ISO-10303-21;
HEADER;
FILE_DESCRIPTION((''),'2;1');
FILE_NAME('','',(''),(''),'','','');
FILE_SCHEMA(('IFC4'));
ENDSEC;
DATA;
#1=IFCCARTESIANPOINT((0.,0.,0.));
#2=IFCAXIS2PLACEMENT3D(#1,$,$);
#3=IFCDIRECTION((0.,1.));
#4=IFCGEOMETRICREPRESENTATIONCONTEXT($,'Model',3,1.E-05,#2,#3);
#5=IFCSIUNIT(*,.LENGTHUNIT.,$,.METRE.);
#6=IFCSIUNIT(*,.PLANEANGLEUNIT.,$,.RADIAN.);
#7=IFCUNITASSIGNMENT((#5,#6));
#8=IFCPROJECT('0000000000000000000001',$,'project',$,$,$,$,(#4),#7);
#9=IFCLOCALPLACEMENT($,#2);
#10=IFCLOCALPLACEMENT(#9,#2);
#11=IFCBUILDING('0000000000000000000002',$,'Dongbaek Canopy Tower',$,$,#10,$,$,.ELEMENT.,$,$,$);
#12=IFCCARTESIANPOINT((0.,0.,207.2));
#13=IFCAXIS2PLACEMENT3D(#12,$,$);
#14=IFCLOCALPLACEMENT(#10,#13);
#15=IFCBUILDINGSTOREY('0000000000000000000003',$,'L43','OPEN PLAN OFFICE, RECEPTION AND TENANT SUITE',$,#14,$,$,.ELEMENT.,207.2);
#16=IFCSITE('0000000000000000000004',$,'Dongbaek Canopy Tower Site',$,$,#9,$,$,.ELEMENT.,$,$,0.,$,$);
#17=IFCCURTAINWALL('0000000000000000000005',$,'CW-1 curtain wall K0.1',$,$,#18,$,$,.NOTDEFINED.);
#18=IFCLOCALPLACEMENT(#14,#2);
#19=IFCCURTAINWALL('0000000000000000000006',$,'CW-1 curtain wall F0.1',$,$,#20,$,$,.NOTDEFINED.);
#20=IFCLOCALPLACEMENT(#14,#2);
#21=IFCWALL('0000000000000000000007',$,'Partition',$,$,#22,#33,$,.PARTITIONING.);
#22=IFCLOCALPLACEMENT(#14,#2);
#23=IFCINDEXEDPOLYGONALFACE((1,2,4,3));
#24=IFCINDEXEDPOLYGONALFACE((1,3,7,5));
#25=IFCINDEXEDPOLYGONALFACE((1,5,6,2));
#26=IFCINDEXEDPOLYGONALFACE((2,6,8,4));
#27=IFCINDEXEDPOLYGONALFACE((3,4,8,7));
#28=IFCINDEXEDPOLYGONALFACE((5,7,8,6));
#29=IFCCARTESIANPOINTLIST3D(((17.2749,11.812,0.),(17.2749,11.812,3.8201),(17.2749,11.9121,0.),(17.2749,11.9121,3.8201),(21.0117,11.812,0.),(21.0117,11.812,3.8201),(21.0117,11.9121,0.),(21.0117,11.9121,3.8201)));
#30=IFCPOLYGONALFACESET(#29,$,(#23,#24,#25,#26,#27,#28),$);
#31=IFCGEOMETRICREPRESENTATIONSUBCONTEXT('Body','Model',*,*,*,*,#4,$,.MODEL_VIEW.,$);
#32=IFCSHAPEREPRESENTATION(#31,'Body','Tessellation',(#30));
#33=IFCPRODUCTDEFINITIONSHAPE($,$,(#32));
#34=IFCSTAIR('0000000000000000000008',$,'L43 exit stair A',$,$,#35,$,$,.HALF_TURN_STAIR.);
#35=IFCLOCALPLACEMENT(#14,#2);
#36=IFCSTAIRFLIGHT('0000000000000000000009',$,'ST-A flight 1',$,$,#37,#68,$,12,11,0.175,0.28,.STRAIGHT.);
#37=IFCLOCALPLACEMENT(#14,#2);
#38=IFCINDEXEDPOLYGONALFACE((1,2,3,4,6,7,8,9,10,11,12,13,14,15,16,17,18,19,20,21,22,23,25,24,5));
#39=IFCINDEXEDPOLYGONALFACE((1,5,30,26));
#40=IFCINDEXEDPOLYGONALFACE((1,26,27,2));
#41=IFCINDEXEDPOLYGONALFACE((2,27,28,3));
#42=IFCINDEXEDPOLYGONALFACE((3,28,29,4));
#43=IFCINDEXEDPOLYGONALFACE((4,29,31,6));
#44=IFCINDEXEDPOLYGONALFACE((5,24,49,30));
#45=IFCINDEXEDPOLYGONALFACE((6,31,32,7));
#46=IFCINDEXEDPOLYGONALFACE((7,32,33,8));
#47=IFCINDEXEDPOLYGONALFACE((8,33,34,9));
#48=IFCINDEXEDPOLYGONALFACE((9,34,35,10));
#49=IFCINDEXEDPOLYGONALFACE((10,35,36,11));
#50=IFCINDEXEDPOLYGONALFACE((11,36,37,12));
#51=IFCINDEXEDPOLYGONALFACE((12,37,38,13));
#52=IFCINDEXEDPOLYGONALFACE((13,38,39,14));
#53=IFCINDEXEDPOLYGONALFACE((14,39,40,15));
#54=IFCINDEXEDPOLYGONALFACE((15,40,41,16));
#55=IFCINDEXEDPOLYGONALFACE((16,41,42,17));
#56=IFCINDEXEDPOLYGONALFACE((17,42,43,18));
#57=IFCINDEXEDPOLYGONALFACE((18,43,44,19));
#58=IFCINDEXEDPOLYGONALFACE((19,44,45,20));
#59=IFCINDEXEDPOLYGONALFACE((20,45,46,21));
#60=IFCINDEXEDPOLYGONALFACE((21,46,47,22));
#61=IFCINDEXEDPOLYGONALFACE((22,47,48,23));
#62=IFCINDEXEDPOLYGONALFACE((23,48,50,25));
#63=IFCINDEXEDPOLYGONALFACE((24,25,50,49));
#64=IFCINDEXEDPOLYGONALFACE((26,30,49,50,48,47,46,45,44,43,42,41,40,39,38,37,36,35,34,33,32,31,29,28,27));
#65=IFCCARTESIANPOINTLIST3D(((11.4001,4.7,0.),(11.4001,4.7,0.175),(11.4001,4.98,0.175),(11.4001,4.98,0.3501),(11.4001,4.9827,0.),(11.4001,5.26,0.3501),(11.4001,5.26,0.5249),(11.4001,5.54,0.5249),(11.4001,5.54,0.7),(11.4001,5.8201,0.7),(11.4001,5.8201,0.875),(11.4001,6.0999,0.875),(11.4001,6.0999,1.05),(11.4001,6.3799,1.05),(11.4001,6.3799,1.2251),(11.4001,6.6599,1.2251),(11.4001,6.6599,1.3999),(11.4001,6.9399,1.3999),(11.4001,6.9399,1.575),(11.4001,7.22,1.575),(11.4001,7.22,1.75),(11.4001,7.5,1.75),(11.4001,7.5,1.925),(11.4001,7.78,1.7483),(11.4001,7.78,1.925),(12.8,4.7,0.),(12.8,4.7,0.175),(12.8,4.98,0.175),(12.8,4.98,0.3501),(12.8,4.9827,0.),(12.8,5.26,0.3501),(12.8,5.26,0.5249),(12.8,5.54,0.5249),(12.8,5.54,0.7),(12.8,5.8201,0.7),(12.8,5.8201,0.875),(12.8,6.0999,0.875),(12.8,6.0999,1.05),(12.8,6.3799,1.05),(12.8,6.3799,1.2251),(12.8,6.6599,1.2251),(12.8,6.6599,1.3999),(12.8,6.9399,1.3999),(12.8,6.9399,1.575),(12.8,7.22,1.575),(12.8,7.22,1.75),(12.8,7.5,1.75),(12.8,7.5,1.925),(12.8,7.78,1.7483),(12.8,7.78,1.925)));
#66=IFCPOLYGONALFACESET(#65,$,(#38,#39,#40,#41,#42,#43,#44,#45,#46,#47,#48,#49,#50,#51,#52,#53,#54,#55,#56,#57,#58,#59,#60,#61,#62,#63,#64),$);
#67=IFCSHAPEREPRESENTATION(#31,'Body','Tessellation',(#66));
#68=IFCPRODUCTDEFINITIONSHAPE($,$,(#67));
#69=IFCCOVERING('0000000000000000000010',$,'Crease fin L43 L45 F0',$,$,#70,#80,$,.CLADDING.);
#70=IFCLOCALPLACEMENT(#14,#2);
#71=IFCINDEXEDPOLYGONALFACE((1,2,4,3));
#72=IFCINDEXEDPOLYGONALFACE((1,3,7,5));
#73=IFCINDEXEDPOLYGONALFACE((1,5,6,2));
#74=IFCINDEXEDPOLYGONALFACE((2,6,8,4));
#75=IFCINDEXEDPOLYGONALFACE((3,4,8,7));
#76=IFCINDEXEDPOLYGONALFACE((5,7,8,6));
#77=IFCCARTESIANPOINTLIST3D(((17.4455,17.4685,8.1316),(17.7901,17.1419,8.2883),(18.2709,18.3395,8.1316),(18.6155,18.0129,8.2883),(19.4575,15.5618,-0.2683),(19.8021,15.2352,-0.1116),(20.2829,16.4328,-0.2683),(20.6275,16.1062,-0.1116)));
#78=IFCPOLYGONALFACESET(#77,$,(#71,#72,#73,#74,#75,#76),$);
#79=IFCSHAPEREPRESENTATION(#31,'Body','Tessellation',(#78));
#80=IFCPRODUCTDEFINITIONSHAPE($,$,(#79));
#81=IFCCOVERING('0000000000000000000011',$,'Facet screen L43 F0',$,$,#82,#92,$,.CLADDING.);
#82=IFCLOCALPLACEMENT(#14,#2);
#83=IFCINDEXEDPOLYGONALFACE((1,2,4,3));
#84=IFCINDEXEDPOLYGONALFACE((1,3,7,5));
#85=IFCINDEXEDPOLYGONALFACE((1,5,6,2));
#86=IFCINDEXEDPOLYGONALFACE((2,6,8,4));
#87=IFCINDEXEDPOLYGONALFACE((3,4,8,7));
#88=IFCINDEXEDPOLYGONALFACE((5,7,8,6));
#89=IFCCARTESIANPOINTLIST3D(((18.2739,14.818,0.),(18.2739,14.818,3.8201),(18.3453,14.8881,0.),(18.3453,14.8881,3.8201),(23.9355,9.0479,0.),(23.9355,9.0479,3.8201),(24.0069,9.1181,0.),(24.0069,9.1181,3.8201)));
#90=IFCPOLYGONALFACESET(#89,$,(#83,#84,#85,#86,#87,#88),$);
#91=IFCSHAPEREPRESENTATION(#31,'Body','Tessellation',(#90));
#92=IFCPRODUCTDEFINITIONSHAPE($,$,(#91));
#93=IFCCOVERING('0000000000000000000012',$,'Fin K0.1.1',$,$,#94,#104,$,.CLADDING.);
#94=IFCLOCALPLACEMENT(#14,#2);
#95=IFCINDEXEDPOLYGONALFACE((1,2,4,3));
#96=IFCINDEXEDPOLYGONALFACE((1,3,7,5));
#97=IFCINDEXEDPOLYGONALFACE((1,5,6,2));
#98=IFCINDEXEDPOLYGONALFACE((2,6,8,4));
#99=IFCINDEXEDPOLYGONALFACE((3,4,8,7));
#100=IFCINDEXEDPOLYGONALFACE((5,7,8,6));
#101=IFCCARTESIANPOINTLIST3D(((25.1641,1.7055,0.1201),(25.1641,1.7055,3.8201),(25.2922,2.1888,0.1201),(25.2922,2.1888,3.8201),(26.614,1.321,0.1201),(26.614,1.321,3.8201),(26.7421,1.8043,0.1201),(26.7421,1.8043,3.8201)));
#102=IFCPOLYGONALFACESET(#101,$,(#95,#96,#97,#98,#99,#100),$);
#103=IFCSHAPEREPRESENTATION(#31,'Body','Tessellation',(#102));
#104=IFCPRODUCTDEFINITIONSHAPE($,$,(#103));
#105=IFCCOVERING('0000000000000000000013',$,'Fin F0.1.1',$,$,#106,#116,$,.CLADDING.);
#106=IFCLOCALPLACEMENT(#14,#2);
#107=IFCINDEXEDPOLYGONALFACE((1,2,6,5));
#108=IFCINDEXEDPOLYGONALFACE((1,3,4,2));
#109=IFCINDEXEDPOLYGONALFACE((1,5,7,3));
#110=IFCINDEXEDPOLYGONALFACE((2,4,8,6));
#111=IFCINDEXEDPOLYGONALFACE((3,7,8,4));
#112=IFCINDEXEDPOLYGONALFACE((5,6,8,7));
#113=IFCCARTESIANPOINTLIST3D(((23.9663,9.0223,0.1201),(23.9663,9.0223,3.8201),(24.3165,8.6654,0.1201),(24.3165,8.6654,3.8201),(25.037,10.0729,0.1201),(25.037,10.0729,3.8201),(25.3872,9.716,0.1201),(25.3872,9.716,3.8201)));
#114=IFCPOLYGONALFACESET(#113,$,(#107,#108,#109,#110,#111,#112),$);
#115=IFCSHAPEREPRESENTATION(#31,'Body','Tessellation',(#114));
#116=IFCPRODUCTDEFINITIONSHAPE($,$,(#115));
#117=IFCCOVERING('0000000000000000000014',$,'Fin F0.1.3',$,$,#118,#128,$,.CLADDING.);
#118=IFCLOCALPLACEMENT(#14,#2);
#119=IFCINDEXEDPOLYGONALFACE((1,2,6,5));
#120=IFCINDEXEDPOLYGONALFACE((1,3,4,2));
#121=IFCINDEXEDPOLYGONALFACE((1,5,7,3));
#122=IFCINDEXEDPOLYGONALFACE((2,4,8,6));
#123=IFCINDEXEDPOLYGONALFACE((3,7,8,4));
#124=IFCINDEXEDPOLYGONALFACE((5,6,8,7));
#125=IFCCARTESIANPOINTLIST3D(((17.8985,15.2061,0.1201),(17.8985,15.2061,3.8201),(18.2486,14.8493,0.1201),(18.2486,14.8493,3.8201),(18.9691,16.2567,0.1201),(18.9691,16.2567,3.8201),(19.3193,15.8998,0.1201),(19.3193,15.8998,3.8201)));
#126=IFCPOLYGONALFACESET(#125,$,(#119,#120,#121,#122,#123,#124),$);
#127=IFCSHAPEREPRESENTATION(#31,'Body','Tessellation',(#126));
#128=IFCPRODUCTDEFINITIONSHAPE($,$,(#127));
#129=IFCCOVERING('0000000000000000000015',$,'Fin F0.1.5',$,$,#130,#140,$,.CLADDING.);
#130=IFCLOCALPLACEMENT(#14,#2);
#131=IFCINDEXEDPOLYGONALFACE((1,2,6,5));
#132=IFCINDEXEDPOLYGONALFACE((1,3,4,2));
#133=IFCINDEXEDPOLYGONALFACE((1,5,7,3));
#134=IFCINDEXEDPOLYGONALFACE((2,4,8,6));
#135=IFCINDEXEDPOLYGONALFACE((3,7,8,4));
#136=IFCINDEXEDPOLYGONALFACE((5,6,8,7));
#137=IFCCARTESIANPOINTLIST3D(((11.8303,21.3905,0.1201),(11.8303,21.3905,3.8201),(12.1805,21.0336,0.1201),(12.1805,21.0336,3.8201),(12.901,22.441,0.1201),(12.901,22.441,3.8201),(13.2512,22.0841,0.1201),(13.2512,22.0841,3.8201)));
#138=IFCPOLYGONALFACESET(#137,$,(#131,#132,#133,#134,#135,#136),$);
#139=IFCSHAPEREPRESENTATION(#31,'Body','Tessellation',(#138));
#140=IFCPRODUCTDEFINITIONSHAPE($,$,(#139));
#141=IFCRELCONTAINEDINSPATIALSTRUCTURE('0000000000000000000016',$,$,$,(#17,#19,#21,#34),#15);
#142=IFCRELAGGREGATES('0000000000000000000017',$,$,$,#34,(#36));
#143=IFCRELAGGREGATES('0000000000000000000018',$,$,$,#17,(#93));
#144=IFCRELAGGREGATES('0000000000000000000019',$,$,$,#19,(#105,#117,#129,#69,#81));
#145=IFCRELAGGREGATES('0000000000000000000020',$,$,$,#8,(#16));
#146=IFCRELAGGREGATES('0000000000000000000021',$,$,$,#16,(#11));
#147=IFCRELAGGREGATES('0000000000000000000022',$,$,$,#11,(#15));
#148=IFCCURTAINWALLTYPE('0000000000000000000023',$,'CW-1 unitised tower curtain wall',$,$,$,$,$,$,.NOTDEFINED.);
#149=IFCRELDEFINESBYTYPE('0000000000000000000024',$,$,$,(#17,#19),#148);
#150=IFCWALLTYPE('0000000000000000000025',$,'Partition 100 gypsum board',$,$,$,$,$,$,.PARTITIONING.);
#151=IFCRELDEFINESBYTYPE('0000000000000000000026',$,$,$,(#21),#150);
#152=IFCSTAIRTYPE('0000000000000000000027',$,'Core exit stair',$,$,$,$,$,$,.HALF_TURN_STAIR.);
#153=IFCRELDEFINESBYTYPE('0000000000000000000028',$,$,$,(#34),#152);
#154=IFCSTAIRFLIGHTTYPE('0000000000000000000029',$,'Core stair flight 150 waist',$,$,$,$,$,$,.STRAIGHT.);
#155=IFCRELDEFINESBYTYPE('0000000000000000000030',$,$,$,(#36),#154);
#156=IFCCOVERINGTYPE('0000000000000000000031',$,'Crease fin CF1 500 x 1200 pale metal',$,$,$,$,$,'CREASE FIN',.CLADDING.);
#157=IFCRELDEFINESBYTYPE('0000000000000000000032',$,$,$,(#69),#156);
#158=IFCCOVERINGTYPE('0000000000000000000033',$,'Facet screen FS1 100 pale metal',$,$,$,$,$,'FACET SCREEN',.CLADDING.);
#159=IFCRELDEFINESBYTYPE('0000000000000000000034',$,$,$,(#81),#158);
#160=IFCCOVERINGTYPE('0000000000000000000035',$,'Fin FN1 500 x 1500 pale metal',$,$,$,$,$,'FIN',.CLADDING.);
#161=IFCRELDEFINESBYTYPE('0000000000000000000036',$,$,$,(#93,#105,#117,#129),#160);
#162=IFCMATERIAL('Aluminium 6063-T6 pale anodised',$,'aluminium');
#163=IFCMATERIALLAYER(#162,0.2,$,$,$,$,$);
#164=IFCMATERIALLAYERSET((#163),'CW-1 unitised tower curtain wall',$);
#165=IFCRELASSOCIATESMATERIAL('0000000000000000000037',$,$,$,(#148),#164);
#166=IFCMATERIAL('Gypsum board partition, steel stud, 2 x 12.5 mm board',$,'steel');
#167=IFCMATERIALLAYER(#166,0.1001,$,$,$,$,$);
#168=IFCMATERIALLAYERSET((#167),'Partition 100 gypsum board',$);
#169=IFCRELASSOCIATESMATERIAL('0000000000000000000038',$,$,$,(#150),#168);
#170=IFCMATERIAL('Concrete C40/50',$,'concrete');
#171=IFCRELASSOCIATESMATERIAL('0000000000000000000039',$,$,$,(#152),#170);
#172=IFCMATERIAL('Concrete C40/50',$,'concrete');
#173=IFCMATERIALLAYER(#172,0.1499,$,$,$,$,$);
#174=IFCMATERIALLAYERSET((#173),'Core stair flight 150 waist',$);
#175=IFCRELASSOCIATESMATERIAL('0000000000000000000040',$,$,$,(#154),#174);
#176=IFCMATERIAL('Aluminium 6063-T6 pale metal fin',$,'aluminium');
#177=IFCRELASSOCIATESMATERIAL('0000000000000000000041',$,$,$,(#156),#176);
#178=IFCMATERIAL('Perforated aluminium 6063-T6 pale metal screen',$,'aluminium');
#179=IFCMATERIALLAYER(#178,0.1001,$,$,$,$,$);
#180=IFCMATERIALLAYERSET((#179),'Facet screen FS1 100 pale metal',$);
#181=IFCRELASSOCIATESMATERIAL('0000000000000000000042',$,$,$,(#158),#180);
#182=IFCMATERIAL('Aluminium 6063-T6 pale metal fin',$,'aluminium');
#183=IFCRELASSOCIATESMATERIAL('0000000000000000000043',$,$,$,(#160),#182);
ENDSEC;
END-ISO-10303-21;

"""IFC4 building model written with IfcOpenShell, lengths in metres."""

from ifc_helpers import new_model, si_unit, direction, frame, frame_2d, origin, origin_2d, place, context, subcontext, project, spatial, polyline, rectangle, outline, extrude, material, layer, layer_set, material_profile, profile_set, type_object, element, aggregate, save


model = new_model("IFC4")

# Units and contexts
model_context = context("Model", 3, precision=1e-05, world=origin(), true_north=direction((0.0, 1.0)))
body_context = subcontext(model_context, "Body", "Model", "MODEL_VIEW")
ifc_project = project(units=[si_unit("LENGTHUNIT", "METRE"), si_unit("PLANEANGLEUNIT", "RADIAN")], contexts=[model_context])

# Site, building, storey
site_placement = place(None, origin())
site = spatial("IfcSite", under=ifc_project, at=site_placement, Name="Dongbaek Canopy Tower Site", CompositionType="ELEMENT", RefElevation=0.0)
building_placement = place(site_placement, origin())
building = spatial("IfcBuilding", under=site, at=building_placement, Name="Dongbaek Canopy Tower", CompositionType="ELEMENT")
storey_placement = place(building_placement, frame((0.0, 0.0, 207.2)))
storey = spatial("IfcBuildingStorey", under=building, at=storey_placement, Name="L43", Description="OPEN PLAN OFFICE, RECEPTION AND TENANT SUITE", CompositionType="ELEMENT", Elevation=207.2)

# Curtain walls
ifc_material_1 = material(Name="Aluminium 6063-T6 pale anodised", Category="aluminium")
ifc_layer_1 = layer(ifc_material_1, 0.2)
ifc_layer_set_1 = layer_set([ifc_layer_1], Name="CW-1 unitised tower curtain wall")
curtain_wall_type = type_object("IfcCurtainWallType", Name="CW-1 unitised tower curtain wall", PredefinedType="NOTDEFINED", material=ifc_layer_set_1)
curtain_wall_1_placement = place(storey_placement, origin())
curtain_wall_1 = element("IfcCurtainWall", 1, at=curtain_wall_1_placement, inside=storey, type_object=curtain_wall_type, Name="CW-1 curtain wall K0.1", PredefinedType="NOTDEFINED")
curtain_wall_2_placement = place(storey_placement, origin())
curtain_wall_2 = element("IfcCurtainWall", 2, at=curtain_wall_2_placement, inside=storey, type_object=curtain_wall_type, Name="CW-1 curtain wall F0.1", PredefinedType="NOTDEFINED")

# Wall
ifc_material_2 = material(Name="Gypsum board partition, steel stud, 2 x 12.5 mm board", Category="steel")
ifc_layer_2 = layer(ifc_material_2, 0.1001)
ifc_layer_set_2 = layer_set([ifc_layer_2], Name="Partition 100 gypsum board")
wall_type_1 = type_object("IfcWallType", Name="Partition 100 gypsum board", PredefinedType="PARTITIONING", material=ifc_layer_set_2)
wall_1_placement = place(storey_placement, frame((17.2749, 11.8621, 0.0), z_axis=(0.0, 0.0, 1.0), x_axis=(1.0, 0.0, 0.0)))
element("IfcWall", 3, at=wall_1_placement, inside=storey, type_object=wall_type_1, Name="Partition", PredefinedType="PARTITIONING", context=body_context, shape_type="SweptSolid", body=[
    extrude(rectangle(XDim=3.7368, YDim=0.1001, at=frame_2d((1.8684, 0.0))), origin(), (0.0, 0.0, 1.0), 3.8201),
])

# Stair, stair flight
ifc_material_3 = material(Name="Concrete C40/50", Category="concrete")
stair_type = type_object("IfcStairType", Name="Core exit stair", PredefinedType="HALF_TURN_STAIR", material=ifc_material_3)
stair_placement = place(storey_placement, origin())
stair = element("IfcStair", 4, at=stair_placement, inside=storey, type_object=stair_type, Name="L43 exit stair A", PredefinedType="HALF_TURN_STAIR")
ifc_material_4 = material(Name="Concrete C40/50", Category="concrete")
ifc_layer_3 = layer(ifc_material_4, 0.1499)
ifc_layer_set_3 = layer_set([ifc_layer_3], Name="Core stair flight 150 waist")
stair_flight_type = type_object("IfcStairFlightType", Name="Core stair flight 150 waist", PredefinedType="STRAIGHT", material=ifc_layer_set_3)
stair_flight_placement = place(storey_placement, frame((12.1001, 4.7, 0.0), z_axis=(0.0, 0.0, 1.0), x_axis=(0.0, 1.0, 0.0)))
stair_flight = element("IfcStairFlight", 5, at=stair_flight_placement, type_object=stair_flight_type, Name="ST-A flight 1", NumberOfRisers=12, NumberOfTreads=11, PredefinedType="STRAIGHT", RiserHeight=0.175, TreadLength=0.28, context=body_context, shape_type="SweptSolid", body=[
    extrude(outline(polyline([(0.0, 0.0), (0.0, 0.175), (0.28, 0.175), (0.28, 0.3501), (0.5601, 0.3501), (0.5601, 0.5249), (0.8401, 0.5249), (0.8401, 0.7), (1.1201, 0.7), (1.1201, 0.875), (1.3999, 0.875), (1.3999, 1.05), (1.6799, 1.05), (1.6799, 1.2251), (1.96, 1.2251), (1.96, 1.3999), (2.24, 1.3999), (2.24, 1.575), (2.52, 1.575), (2.52, 1.75), (2.8, 1.75), (2.8, 1.925), (3.0801, 1.925), (3.0801, 2.1001), (3.0801, 1.7483), (0.2827, 0.0), (0.0, 0.0)])), frame((0.0, 0.7, 0.0), z_axis=(0.0, -1.0, 0.0), x_axis=(1.0, 0.0, 0.0)), (0.0, 0.0, 1.0), 1.3999),
])
aggregate(stair, [stair_flight])

# Coverings
ifc_material_5 = material(Name="Aluminium 6063-T6 pale metal fin", Category="aluminium")
ifc_material_profile_1 = material_profile(ifc_material_5, rectangle(XDim=1.2, YDim=0.5, at=origin_2d()), Name="Crease fin CF1 500 x 1200 pale metal")
ifc_profile_set_1 = profile_set([ifc_material_profile_1], Name="Aluminium 6063-T6 pale metal fin")
covering_type_1 = type_object("IfcCoveringType", Name="Crease fin CF1 500 x 1200 pale metal", ElementType="CREASE FIN", PredefinedType="CLADDING", material=ifc_profile_set_1)
covering_1_placement = place(storey_placement, frame((20.0425, 15.834, -0.1899), z_axis=(-0.227457, 0.215561, 0.94963), x_axis=(-0.687872, -0.725832, 0.0)))
covering_1 = element("IfcCovering", 6, at=covering_1_placement, type_object=covering_type_1, Name="Crease fin L43 L45 F0", PredefinedType="CLADDING", context=body_context, shape_type="SweptSolid", body=[
    extrude(rectangle(XDim=1.2, YDim=0.5, at=origin_2d()), origin(), (0.0, 0.0, 1.0), 8.8455),
])
ifc_material_6 = material(Name="Perforated aluminium 6063-T6 pale metal screen", Category="aluminium")
ifc_layer_4 = layer(ifc_material_6, 0.1001)
ifc_layer_set_4 = layer_set([ifc_layer_4], Name="Facet screen FS1 100 pale metal")
covering_type_2 = type_object("IfcCoveringType", Name="Facet screen FS1 100 pale metal", ElementType="FACET SCREEN", PredefinedType="CLADDING", material=ifc_layer_set_4)
covering_2_placement = place(storey_placement, frame((21.1404, 11.968, 0.0), z_axis=(0.0, 0.0, 1.0), x_axis=(-0.700368, 0.713782, 0.0)))
covering_2 = element("IfcCovering", 7, at=covering_2_placement, type_object=covering_type_2, Name="Facet screen L43 F0", PredefinedType="CLADDING", context=body_context, shape_type="SweptSolid", body=[
    extrude(rectangle(XDim=8.0837, YDim=0.1001, at=origin_2d()), origin(), (0.0, 0.0, 1.0), 3.8201),
])
ifc_material_7 = material(Name="Aluminium 6063-T6 pale metal fin", Category="aluminium")
ifc_material_profile_2 = material_profile(ifc_material_7, rectangle(XDim=1.5, YDim=0.5, at=origin_2d()), Name="Fin FN1 500 x 1500 pale metal")
ifc_profile_set_2 = profile_set([ifc_material_profile_2], Name="Aluminium 6063-T6 pale metal fin")
covering_type_3 = type_object("IfcCoveringType", Name="Fin FN1 500 x 1500 pale metal", ElementType="FIN", PredefinedType="CLADDING", material=ifc_profile_set_2)
covering_3_placement = place(storey_placement, frame((25.9531, 1.7549, 0.1201), z_axis=(0.0, 0.0, 1.0), x_axis=(0.966599, -0.256293, 0.0)))
covering_3 = element("IfcCovering", 8, at=covering_3_placement, type_object=covering_type_3, Name="Fin K0.1.1", PredefinedType="CLADDING", context=body_context, shape_type="SweptSolid", body=[
    extrude(rectangle(XDim=1.5, YDim=0.5, at=origin_2d()), origin(), (0.0, 0.0, 1.0), 3.7),
])
aggregate(curtain_wall_1, [covering_3])
covering_4_placement = place(storey_placement, frame((24.6768, 9.3691, 0.1201), z_axis=(0.0, 0.0, 1.0), x_axis=(0.713782, 0.700368, 0.0)))
covering_4 = element("IfcCovering", 9, at=covering_4_placement, type_object=covering_type_3, Name="Fin F0.1.1", PredefinedType="CLADDING", context=body_context, shape_type="SweptSolid", body=[
    extrude(rectangle(XDim=1.5, YDim=0.5, at=origin_2d()), origin(), (0.0, 0.0, 1.0), 3.7),
])
covering_5_placement = place(storey_placement, frame((18.6089, 15.553, 0.1201), z_axis=(0.0, 0.0, 1.0), x_axis=(0.713782, 0.700368, 0.0)))
covering_5 = element("IfcCovering", 10, at=covering_5_placement, type_object=covering_type_3, Name="Fin F0.1.3", PredefinedType="CLADDING", context=body_context, shape_type="SweptSolid", body=[
    extrude(rectangle(XDim=1.5, YDim=0.5, at=origin_2d()), origin(), (0.0, 0.0, 1.0), 3.7),
])
covering_6_placement = place(storey_placement, frame((12.5408, 21.7373, 0.1201), z_axis=(0.0, 0.0, 1.0), x_axis=(0.713782, 0.700368, 0.0)))
covering_6 = element("IfcCovering", 11, at=covering_6_placement, type_object=covering_type_3, Name="Fin F0.1.5", PredefinedType="CLADDING", context=body_context, shape_type="SweptSolid", body=[
    extrude(rectangle(XDim=1.5, YDim=0.5, at=origin_2d()), origin(), (0.0, 0.0, 1.0), 3.7),
])
aggregate(curtain_wall_2, [covering_4, covering_5, covering_6, covering_1, covering_2])

save(model, "model.ifc")
